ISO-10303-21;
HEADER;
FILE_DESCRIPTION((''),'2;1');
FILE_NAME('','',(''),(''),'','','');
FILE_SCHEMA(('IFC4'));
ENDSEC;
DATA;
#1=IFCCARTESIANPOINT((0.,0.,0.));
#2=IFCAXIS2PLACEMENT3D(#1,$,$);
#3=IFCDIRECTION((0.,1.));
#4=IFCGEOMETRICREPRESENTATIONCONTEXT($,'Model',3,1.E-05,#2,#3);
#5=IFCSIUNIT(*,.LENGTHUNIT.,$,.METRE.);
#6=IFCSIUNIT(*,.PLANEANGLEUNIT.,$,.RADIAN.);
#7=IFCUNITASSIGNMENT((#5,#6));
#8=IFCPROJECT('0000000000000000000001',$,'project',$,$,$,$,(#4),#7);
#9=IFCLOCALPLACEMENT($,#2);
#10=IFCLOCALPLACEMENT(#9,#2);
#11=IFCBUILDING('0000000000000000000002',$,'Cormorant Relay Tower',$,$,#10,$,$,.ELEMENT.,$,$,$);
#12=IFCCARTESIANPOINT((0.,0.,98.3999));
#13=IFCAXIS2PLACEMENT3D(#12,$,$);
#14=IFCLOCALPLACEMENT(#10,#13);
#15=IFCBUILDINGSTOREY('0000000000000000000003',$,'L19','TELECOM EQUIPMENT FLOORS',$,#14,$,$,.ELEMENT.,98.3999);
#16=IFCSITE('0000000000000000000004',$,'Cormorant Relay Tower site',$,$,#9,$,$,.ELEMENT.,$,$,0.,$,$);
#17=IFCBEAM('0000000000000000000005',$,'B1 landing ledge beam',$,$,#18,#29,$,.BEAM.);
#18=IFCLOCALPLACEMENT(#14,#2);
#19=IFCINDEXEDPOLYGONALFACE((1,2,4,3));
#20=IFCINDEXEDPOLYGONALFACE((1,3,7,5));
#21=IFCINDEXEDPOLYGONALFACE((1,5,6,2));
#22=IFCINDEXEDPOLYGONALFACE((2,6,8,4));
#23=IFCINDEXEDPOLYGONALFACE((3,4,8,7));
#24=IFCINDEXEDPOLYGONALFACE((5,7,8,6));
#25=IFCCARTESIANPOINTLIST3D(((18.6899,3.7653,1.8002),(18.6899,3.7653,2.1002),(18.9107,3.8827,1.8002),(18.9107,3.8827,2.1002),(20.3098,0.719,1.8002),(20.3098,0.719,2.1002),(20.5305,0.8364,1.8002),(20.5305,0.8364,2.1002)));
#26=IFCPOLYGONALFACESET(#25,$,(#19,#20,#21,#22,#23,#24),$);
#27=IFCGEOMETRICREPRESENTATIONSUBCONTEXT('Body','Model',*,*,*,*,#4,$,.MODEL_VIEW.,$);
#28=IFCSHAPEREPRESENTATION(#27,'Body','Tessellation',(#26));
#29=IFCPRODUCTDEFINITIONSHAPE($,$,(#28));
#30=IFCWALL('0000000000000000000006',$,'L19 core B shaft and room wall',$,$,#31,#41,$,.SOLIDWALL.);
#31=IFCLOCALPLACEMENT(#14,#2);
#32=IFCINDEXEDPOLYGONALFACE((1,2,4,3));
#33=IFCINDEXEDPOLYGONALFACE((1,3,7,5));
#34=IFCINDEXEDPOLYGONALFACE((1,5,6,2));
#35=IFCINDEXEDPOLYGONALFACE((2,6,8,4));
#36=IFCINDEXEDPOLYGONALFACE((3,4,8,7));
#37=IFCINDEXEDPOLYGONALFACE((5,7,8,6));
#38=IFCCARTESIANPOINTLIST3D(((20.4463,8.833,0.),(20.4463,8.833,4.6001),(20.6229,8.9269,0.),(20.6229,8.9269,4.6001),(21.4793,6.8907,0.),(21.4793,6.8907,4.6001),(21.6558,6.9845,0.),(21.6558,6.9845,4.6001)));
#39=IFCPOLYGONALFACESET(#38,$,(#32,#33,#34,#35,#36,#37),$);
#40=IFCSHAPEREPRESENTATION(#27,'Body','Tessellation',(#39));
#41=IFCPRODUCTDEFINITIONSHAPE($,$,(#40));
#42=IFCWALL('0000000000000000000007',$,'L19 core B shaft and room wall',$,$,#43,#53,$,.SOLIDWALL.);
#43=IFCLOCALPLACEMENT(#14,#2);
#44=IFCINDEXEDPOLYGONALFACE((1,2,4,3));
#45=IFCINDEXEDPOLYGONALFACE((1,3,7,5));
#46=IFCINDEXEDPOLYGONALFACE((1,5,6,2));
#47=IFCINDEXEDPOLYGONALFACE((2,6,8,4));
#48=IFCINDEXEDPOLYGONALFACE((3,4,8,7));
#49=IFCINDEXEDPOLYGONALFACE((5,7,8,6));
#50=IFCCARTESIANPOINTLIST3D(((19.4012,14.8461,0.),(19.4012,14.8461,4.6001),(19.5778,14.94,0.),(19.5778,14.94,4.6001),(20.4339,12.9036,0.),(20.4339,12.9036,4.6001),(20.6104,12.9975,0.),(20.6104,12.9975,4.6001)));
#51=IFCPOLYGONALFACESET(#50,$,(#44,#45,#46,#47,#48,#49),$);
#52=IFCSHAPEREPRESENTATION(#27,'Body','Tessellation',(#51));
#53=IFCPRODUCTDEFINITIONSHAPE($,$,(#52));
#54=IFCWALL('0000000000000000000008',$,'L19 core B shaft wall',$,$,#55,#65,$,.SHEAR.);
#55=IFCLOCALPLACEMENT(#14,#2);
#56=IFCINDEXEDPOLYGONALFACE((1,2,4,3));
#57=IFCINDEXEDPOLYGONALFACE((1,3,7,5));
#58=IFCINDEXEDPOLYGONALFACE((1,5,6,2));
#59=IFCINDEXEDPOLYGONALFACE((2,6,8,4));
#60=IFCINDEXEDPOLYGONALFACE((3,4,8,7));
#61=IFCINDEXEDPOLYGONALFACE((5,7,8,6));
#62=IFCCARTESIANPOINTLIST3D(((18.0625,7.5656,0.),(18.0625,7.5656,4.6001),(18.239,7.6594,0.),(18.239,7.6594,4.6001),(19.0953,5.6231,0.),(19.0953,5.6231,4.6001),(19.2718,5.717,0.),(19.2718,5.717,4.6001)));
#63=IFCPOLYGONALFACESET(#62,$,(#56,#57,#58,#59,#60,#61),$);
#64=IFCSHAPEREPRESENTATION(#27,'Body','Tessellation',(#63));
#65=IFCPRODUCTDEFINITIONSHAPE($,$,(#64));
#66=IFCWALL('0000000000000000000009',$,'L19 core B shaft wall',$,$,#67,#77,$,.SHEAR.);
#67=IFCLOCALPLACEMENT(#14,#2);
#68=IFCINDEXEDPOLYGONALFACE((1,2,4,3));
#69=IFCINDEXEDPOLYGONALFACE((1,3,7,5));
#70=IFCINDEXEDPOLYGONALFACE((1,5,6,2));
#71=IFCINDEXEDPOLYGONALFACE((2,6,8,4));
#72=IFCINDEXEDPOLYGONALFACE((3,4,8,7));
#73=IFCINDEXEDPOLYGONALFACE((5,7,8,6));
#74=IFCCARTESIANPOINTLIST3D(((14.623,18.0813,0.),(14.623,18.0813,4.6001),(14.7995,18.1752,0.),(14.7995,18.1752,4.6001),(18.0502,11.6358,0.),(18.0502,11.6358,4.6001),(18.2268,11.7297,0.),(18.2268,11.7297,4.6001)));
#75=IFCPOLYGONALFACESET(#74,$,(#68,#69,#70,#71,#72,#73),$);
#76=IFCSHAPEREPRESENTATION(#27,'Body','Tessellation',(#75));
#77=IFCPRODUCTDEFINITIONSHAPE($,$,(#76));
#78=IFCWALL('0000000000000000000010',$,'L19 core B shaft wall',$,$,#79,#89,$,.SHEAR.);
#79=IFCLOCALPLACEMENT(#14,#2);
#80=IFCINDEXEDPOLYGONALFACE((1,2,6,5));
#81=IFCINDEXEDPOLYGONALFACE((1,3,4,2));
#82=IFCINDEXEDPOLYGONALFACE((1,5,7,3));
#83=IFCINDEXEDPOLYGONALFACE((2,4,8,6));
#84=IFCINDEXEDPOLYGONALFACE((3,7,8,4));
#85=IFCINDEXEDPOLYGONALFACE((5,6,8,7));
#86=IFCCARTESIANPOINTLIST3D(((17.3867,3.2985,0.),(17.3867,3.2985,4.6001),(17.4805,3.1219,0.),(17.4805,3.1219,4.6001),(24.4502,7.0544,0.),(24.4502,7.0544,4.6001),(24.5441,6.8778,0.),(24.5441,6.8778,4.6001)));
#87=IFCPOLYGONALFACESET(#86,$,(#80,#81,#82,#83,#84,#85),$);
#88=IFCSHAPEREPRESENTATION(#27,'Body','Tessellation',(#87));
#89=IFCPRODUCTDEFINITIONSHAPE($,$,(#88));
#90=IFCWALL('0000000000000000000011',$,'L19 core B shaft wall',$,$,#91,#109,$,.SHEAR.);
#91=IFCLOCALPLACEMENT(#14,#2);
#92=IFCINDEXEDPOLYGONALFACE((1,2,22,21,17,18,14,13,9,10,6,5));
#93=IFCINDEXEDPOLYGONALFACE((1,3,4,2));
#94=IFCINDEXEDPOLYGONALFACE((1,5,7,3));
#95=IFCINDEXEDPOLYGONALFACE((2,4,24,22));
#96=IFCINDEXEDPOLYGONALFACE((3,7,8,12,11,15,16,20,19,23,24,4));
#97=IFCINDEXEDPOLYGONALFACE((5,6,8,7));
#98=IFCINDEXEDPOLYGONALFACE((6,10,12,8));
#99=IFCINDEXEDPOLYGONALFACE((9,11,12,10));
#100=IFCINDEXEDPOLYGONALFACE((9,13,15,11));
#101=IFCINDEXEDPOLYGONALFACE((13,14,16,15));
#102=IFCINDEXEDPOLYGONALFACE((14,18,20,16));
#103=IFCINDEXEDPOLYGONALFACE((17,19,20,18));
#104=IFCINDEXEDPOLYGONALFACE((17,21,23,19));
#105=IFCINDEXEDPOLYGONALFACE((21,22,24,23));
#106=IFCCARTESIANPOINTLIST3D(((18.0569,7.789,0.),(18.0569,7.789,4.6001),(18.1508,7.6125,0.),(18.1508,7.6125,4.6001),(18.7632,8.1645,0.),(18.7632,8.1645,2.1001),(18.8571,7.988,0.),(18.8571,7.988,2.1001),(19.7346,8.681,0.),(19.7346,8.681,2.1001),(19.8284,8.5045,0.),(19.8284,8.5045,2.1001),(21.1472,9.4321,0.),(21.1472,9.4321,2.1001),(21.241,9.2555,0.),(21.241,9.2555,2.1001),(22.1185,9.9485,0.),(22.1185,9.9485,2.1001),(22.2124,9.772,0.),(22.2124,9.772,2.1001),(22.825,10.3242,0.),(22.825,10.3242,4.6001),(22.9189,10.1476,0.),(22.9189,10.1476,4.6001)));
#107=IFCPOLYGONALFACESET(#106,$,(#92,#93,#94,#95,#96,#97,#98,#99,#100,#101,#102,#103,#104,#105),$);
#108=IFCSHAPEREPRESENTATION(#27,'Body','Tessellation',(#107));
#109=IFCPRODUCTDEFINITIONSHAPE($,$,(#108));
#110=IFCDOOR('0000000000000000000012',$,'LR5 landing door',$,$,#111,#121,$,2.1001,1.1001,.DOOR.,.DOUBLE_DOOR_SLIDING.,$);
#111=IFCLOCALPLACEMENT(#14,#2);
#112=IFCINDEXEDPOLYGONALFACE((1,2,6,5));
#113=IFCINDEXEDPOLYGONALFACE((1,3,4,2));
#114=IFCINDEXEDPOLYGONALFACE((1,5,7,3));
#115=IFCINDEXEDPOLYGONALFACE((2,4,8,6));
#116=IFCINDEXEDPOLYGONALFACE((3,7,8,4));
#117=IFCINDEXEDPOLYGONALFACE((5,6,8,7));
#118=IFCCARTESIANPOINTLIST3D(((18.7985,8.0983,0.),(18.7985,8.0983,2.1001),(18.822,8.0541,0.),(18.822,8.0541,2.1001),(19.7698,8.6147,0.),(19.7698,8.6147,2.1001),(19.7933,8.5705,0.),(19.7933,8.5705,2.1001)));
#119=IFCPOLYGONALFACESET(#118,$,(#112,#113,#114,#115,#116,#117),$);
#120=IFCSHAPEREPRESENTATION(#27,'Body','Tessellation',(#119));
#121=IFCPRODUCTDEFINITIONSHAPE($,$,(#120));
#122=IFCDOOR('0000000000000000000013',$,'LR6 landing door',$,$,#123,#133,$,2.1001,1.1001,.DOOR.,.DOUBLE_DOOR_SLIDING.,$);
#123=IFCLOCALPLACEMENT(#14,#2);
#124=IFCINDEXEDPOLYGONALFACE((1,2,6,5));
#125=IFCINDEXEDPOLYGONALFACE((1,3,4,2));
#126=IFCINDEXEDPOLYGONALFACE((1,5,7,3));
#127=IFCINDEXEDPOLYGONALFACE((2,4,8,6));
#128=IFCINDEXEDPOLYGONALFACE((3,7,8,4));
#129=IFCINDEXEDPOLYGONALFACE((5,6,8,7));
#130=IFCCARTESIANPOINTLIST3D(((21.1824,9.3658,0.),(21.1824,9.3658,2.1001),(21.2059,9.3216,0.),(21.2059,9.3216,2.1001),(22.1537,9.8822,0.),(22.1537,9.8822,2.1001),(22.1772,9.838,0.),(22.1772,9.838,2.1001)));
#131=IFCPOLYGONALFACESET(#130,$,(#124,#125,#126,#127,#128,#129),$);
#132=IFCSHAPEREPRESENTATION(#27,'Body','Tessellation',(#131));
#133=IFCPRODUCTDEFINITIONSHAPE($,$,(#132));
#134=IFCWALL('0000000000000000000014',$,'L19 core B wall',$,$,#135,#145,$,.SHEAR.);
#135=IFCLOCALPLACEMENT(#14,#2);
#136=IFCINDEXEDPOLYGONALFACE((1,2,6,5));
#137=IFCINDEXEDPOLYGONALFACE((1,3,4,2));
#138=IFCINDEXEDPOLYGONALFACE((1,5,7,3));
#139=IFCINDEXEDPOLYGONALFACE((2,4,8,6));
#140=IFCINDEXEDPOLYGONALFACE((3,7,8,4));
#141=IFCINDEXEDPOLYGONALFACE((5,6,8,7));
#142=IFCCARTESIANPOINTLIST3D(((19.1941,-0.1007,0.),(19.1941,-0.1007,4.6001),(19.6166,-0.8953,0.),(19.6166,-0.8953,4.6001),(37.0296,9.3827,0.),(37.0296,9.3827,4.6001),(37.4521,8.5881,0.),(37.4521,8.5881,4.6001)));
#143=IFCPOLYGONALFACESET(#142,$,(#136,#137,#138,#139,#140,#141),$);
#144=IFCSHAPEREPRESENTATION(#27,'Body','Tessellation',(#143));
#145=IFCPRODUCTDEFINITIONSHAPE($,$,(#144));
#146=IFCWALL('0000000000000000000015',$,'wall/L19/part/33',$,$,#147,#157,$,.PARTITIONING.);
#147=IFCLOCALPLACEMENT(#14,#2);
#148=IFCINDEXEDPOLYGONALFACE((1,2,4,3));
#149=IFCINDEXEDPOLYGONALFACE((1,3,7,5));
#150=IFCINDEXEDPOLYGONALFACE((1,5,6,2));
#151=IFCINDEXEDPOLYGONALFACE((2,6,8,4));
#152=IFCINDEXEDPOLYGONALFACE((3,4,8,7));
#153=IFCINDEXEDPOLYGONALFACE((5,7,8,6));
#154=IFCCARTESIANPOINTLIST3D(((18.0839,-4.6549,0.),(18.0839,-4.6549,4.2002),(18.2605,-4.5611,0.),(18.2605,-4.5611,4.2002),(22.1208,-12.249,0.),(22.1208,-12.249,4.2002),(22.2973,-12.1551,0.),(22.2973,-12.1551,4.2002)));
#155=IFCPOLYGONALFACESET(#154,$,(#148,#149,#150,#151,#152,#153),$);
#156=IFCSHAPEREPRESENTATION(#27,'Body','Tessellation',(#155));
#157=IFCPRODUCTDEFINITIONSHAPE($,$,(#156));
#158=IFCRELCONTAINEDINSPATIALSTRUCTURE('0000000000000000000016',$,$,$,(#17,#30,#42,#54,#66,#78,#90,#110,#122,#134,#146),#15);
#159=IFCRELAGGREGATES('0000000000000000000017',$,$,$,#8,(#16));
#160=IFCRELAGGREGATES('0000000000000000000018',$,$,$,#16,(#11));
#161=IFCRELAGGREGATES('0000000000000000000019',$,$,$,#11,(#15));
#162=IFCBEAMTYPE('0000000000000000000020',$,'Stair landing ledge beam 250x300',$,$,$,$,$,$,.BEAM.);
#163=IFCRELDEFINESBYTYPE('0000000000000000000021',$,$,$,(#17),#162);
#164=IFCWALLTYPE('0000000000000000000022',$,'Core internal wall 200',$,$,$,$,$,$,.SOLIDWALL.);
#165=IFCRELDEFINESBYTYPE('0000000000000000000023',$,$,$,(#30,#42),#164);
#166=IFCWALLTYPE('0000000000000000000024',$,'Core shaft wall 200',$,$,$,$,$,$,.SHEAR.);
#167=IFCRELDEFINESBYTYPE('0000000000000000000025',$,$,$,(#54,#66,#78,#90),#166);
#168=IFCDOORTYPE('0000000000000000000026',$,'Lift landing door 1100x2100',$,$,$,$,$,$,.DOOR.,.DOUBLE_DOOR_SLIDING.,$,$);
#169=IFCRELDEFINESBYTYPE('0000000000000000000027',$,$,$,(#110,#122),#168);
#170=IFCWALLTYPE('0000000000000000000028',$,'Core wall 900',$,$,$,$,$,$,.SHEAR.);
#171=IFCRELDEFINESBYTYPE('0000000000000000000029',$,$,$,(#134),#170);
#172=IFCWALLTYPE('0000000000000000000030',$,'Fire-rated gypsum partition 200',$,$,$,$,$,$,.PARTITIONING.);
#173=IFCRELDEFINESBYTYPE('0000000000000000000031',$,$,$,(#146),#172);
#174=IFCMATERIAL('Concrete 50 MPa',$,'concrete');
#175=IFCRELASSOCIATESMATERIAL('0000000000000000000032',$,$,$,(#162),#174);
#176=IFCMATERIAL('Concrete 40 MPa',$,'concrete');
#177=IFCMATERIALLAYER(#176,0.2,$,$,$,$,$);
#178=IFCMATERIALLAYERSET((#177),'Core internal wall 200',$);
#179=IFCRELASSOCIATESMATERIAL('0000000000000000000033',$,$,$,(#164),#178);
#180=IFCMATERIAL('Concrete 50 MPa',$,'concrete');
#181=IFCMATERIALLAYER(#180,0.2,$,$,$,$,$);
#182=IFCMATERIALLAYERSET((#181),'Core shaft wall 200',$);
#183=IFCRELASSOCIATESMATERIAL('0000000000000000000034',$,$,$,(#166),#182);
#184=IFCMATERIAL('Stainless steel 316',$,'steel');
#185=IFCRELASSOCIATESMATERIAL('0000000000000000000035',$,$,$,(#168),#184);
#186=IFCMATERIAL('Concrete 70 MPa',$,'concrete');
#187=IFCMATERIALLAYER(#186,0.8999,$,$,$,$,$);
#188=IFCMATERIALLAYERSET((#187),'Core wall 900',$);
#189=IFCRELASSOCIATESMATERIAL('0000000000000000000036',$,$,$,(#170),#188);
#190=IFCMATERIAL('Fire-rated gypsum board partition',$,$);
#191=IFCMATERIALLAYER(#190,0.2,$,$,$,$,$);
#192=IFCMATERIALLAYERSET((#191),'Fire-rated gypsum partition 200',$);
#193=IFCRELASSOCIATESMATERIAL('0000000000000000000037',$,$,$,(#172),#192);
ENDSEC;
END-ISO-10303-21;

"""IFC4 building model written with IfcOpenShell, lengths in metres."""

from ifc_helpers import new_model, si_unit, direction, frame, frame_2d, origin, origin_2d, place, context, subcontext, project, spatial, rectangle, extrude, material, layer, layer_set, material_profile, profile_set, type_object, element, fill, save


model = new_model("IFC4")

# Units and contexts
model_context = context("Model", 3, precision=1e-05, world=origin(), true_north=direction((0.0, 1.0)))
body_context = subcontext(model_context, "Body", "Model", "MODEL_VIEW")
ifc_project = project(units=[si_unit("LENGTHUNIT", "METRE"), si_unit("PLANEANGLEUNIT", "RADIAN")], contexts=[model_context])

# Site, building, storey
site_placement = place(None, origin())
site = spatial("IfcSite", under=ifc_project, at=site_placement, Name="Cormorant Relay Tower site", CompositionType="ELEMENT", RefElevation=0.0)
building_placement = place(site_placement, origin())
building = spatial("IfcBuilding", under=site, at=building_placement, Name="Cormorant Relay Tower", CompositionType="ELEMENT")
storey_placement = place(building_placement, frame((0.0, 0.0, 98.3999)))
storey = spatial("IfcBuildingStorey", under=building, at=storey_placement, Name="L19", Description="TELECOM EQUIPMENT FLOORS", CompositionType="ELEMENT", Elevation=98.3999)

# Beam
ifc_material_1 = material(Name="Concrete 50 MPa", Category="concrete")
ifc_material_profile = material_profile(ifc_material_1, rectangle(XDim=0.25, YDim=0.3, at=origin_2d()), Name="RC 250x300")
ifc_profile_set = profile_set([ifc_material_profile], Name="Concrete 50 MPa")
beam_type = type_object("IfcBeamType", Name="Stair landing ledge beam 250x300", PredefinedType="BEAM", material=ifc_profile_set)
beam_placement = place(storey_placement, frame((18.8003, 3.824, 1.9502), z_axis=(0.46949, -0.882938, 0.0), x_axis=(0.882938, 0.46949, 0.0)))
element("IfcBeam", 1, at=beam_placement, inside=storey, type_object=beam_type, Name="B1 landing ledge beam", PredefinedType="BEAM", context=body_context, shape_type="SweptSolid", body=[
    extrude(rectangle(XDim=0.25, YDim=0.3, at=origin_2d()), origin(), (0.0, 0.0, 1.0), 3.4502),
])

# Walls
ifc_material_2 = material(Name="Concrete 40 MPa", Category="concrete")
ifc_layer_1 = layer(ifc_material_2, 0.2)
ifc_layer_set_1 = layer_set([ifc_layer_1], Name="Core internal wall 200")
wall_type_1 = type_object("IfcWallType", Name="Core internal wall 200", PredefinedType="SOLIDWALL", material=ifc_layer_set_1)
for number, where, z_axis, x_axis, name in (
    (2, (21.5676, 6.9375, 0.0), (0.0, 0.0, 1.0), (-0.469534, 0.882914, 0.0), "L19 core B shaft and room wall"),
    (3, (20.5222, 12.9504, 0.0), (0.0, 0.0, 1.0), (-0.469401, 0.882985, 0.0), "L19 core B shaft and room wall"),
):
    element("IfcWall", number, at=place(storey_placement, frame(where, z_axis=z_axis, x_axis=x_axis)), inside=storey, type_object=wall_type_1, Name=name, PredefinedType="SOLIDWALL", context=body_context, shape_type="SweptSolid", body=[
        extrude(rectangle(XDim=2.2, YDim=0.2, at=frame_2d((1.1001, 0.0))), origin(), (0.0, 0.0, 1.0), 4.6001),
    ])
ifc_material_3 = material(Name="Concrete 50 MPa", Category="concrete")
ifc_layer_2 = layer(ifc_material_3, 0.2)
ifc_layer_set_2 = layer_set([ifc_layer_2], Name="Core shaft wall 200")
wall_type_2 = type_object("IfcWallType", Name="Core shaft wall 200", PredefinedType="SHEAR", material=ifc_layer_set_2)
wall_1_placement = place(storey_placement, frame((19.1836, 5.6699, 0.0), z_axis=(0.0, 0.0, 1.0), x_axis=(-0.469447, 0.88296, 0.0)))
element("IfcWall", 4, at=wall_1_placement, inside=storey, type_object=wall_type_2, Name="L19 core B shaft wall", PredefinedType="SHEAR", context=body_context, shape_type="SweptSolid", body=[
    extrude(rectangle(XDim=2.2, YDim=0.2, at=frame_2d((1.1001, 0.0))), origin(), (0.0, 0.0, 1.0), 4.6001),
])
wall_2_placement = place(storey_placement, frame((18.1384, 11.6829, 0.0), z_axis=(0.0, 0.0, 1.0), x_axis=(-0.46948, 0.882943, 0.0)))
element("IfcWall", 5, at=wall_2_placement, inside=storey, type_object=wall_type_2, Name="L19 core B shaft wall", PredefinedType="SHEAR", context=body_context, shape_type="SweptSolid", body=[
    extrude(rectangle(XDim=7.3, YDim=0.2, at=frame_2d((3.6499, 0.0))), origin(), (0.0, 0.0, 1.0), 4.6001),
])
wall_3_placement = place(storey_placement, frame((17.4336, 3.2102, 0.0), z_axis=(0.0, 0.0, 1.0), x_axis=(0.88294, 0.469485, 0.0)))
element("IfcWall", 6, at=wall_3_placement, inside=storey, type_object=wall_type_2, Name="L19 core B shaft wall", PredefinedType="SHEAR", context=body_context, shape_type="SweptSolid", body=[
    extrude(rectangle(XDim=8.0, YDim=0.2, at=frame_2d((4.0, 0.0))), origin(), (0.0, 0.0, 1.0), 4.6001),
])

# Wall, openings, doors
wall_4_placement = place(storey_placement, frame((18.1038, 7.7007, 0.0), z_axis=(0.0, 0.0, 1.0), x_axis=(0.882953, 0.469462, 0.0)))
wall_4 = element("IfcWall", 7, at=wall_4_placement, inside=storey, type_object=wall_type_2, Name="L19 core B shaft wall", PredefinedType="SHEAR", context=body_context, shape_type="SweptSolid", body=[
    extrude(rectangle(XDim=5.4001, YDim=0.2, at=frame_2d((2.7002, 0.0))), origin(), (0.0, 0.0, 1.0), 4.6001),
])
opening_1_placement = place(wall_4_placement, frame((0.8, 0.0, 0.0)))
opening_1 = element("IfcOpeningElement", 8, at=opening_1_placement, cuts=wall_4, PredefinedType="OPENING", context=body_context, shape_type="SweptSolid", body=[
    extrude(rectangle(XDim=1.1001, YDim=2.1001, at=frame_2d((0.55, 1.05))), frame((0.0, 0.1099, 0.0), z_axis=(0.0, -1.0, 0.0), x_axis=(1.0, 0.0, 0.0)), (0.0, 0.0, 1.0), 0.22),
])
opening_2_placement = place(wall_4_placement, frame((3.5, 0.0, 0.0)))
opening_2 = element("IfcOpeningElement", 9, at=opening_2_placement, cuts=wall_4, PredefinedType="OPENING", context=body_context, shape_type="SweptSolid", body=[
    extrude(rectangle(XDim=1.1001, YDim=2.1001, at=frame_2d((0.55, 1.05))), frame((0.0, 0.1099, 0.0), z_axis=(0.0, -1.0, 0.0), x_axis=(1.0, 0.0, 0.0)), (0.0, 0.0, 1.0), 0.22),
])
ifc_material_4 = material(Name="Stainless steel 316", Category="steel")
door_type_1 = type_object("IfcDoorType", Name="Lift landing door 1100x2100", OperationType="DOUBLE_DOOR_SLIDING", PredefinedType="DOOR", material=ifc_material_4)
door_1_placement = place(opening_1_placement, origin())
door_1 = element("IfcDoor", 10, at=door_1_placement, inside=storey, type_object=door_type_1, Name="LR5 landing door", OperationType="DOUBLE_DOOR_SLIDING", OverallHeight=2.1001, OverallWidth=1.1001, PredefinedType="DOOR", context=body_context, shape_type="SweptSolid", body=[
    extrude(rectangle(XDim=1.1001, YDim=2.1001, at=frame_2d((0.55, 1.05))), frame((0.0, 0.0249, 0.0), z_axis=(0.0, -1.0, 0.0), x_axis=(1.0, 0.0, 0.0)), (0.0, 0.0, 1.0), 0.05),
])
fill(opening_1, door_1)
door_2_placement = place(opening_2_placement, origin())
door_2 = element("IfcDoor", 11, at=door_2_placement, inside=storey, type_object=door_type_1, Name="LR6 landing door", OperationType="DOUBLE_DOOR_SLIDING", OverallHeight=2.1001, OverallWidth=1.1001, PredefinedType="DOOR", context=body_context, shape_type="SweptSolid", body=[
    extrude(rectangle(XDim=1.1001, YDim=2.1001, at=frame_2d((0.55, 1.05))), frame((0.0, 0.0249, 0.0), z_axis=(0.0, -1.0, 0.0), x_axis=(1.0, 0.0, 0.0)), (0.0, 0.0, 1.0), 0.05),
])
fill(opening_2, door_2)

# Shared definitions
ifc_material_5 = material(Name="Concrete 70 MPa", Category="concrete")
ifc_layer_3 = layer(ifc_material_5, 0.8999)
ifc_layer_set_3 = layer_set([ifc_layer_3], Name="Core wall 900")
wall_type_3 = type_object("IfcWallType", Name="Core wall 900", PredefinedType="SHEAR", material=ifc_layer_set_3)

# Walls
wall_5_placement = place(storey_placement, frame((19.4053, -0.498, 0.0), z_axis=(0.0, 0.0, 1.0), x_axis=(0.882945, 0.469476, 0.0)))
element("IfcWall", 12, at=wall_5_placement, inside=storey, type_object=wall_type_3, Name="L19 core B wall", PredefinedType="SHEAR", context=body_context, shape_type="SweptSolid", body=[
    extrude(rectangle(XDim=20.2, YDim=0.8999, at=frame_2d((10.1001, 0.0))), origin(), (0.0, 0.0, 1.0), 4.6001),
])
ifc_material_6 = material(Name="Fire-rated gypsum board partition")
ifc_layer_4 = layer(ifc_material_6, 0.2)
ifc_layer_set_4 = layer_set([ifc_layer_4], Name="Fire-rated gypsum partition 200")
wall_type_4 = type_object("IfcWallType", Name="Fire-rated gypsum partition 200", PredefinedType="PARTITIONING", material=ifc_layer_set_4)
wall_6_placement = place(storey_placement, frame((18.1721, -4.6079, 0.0), z_axis=(0.0, 0.0, 1.0), x_axis=(0.469387, -0.882993, 0.0)))
element("IfcWall", 13, at=wall_6_placement, inside=storey, type_object=wall_type_4, Name="wall/L19/part/33", PredefinedType="PARTITIONING", context=body_context, shape_type="SweptSolid", body=[
    extrude(rectangle(XDim=8.6003, YDim=0.2, at=frame_2d((4.3003, 0.0))), origin(), (0.0, 0.0, 1.0), 4.2002),
])

save(model, "model.ifc")
